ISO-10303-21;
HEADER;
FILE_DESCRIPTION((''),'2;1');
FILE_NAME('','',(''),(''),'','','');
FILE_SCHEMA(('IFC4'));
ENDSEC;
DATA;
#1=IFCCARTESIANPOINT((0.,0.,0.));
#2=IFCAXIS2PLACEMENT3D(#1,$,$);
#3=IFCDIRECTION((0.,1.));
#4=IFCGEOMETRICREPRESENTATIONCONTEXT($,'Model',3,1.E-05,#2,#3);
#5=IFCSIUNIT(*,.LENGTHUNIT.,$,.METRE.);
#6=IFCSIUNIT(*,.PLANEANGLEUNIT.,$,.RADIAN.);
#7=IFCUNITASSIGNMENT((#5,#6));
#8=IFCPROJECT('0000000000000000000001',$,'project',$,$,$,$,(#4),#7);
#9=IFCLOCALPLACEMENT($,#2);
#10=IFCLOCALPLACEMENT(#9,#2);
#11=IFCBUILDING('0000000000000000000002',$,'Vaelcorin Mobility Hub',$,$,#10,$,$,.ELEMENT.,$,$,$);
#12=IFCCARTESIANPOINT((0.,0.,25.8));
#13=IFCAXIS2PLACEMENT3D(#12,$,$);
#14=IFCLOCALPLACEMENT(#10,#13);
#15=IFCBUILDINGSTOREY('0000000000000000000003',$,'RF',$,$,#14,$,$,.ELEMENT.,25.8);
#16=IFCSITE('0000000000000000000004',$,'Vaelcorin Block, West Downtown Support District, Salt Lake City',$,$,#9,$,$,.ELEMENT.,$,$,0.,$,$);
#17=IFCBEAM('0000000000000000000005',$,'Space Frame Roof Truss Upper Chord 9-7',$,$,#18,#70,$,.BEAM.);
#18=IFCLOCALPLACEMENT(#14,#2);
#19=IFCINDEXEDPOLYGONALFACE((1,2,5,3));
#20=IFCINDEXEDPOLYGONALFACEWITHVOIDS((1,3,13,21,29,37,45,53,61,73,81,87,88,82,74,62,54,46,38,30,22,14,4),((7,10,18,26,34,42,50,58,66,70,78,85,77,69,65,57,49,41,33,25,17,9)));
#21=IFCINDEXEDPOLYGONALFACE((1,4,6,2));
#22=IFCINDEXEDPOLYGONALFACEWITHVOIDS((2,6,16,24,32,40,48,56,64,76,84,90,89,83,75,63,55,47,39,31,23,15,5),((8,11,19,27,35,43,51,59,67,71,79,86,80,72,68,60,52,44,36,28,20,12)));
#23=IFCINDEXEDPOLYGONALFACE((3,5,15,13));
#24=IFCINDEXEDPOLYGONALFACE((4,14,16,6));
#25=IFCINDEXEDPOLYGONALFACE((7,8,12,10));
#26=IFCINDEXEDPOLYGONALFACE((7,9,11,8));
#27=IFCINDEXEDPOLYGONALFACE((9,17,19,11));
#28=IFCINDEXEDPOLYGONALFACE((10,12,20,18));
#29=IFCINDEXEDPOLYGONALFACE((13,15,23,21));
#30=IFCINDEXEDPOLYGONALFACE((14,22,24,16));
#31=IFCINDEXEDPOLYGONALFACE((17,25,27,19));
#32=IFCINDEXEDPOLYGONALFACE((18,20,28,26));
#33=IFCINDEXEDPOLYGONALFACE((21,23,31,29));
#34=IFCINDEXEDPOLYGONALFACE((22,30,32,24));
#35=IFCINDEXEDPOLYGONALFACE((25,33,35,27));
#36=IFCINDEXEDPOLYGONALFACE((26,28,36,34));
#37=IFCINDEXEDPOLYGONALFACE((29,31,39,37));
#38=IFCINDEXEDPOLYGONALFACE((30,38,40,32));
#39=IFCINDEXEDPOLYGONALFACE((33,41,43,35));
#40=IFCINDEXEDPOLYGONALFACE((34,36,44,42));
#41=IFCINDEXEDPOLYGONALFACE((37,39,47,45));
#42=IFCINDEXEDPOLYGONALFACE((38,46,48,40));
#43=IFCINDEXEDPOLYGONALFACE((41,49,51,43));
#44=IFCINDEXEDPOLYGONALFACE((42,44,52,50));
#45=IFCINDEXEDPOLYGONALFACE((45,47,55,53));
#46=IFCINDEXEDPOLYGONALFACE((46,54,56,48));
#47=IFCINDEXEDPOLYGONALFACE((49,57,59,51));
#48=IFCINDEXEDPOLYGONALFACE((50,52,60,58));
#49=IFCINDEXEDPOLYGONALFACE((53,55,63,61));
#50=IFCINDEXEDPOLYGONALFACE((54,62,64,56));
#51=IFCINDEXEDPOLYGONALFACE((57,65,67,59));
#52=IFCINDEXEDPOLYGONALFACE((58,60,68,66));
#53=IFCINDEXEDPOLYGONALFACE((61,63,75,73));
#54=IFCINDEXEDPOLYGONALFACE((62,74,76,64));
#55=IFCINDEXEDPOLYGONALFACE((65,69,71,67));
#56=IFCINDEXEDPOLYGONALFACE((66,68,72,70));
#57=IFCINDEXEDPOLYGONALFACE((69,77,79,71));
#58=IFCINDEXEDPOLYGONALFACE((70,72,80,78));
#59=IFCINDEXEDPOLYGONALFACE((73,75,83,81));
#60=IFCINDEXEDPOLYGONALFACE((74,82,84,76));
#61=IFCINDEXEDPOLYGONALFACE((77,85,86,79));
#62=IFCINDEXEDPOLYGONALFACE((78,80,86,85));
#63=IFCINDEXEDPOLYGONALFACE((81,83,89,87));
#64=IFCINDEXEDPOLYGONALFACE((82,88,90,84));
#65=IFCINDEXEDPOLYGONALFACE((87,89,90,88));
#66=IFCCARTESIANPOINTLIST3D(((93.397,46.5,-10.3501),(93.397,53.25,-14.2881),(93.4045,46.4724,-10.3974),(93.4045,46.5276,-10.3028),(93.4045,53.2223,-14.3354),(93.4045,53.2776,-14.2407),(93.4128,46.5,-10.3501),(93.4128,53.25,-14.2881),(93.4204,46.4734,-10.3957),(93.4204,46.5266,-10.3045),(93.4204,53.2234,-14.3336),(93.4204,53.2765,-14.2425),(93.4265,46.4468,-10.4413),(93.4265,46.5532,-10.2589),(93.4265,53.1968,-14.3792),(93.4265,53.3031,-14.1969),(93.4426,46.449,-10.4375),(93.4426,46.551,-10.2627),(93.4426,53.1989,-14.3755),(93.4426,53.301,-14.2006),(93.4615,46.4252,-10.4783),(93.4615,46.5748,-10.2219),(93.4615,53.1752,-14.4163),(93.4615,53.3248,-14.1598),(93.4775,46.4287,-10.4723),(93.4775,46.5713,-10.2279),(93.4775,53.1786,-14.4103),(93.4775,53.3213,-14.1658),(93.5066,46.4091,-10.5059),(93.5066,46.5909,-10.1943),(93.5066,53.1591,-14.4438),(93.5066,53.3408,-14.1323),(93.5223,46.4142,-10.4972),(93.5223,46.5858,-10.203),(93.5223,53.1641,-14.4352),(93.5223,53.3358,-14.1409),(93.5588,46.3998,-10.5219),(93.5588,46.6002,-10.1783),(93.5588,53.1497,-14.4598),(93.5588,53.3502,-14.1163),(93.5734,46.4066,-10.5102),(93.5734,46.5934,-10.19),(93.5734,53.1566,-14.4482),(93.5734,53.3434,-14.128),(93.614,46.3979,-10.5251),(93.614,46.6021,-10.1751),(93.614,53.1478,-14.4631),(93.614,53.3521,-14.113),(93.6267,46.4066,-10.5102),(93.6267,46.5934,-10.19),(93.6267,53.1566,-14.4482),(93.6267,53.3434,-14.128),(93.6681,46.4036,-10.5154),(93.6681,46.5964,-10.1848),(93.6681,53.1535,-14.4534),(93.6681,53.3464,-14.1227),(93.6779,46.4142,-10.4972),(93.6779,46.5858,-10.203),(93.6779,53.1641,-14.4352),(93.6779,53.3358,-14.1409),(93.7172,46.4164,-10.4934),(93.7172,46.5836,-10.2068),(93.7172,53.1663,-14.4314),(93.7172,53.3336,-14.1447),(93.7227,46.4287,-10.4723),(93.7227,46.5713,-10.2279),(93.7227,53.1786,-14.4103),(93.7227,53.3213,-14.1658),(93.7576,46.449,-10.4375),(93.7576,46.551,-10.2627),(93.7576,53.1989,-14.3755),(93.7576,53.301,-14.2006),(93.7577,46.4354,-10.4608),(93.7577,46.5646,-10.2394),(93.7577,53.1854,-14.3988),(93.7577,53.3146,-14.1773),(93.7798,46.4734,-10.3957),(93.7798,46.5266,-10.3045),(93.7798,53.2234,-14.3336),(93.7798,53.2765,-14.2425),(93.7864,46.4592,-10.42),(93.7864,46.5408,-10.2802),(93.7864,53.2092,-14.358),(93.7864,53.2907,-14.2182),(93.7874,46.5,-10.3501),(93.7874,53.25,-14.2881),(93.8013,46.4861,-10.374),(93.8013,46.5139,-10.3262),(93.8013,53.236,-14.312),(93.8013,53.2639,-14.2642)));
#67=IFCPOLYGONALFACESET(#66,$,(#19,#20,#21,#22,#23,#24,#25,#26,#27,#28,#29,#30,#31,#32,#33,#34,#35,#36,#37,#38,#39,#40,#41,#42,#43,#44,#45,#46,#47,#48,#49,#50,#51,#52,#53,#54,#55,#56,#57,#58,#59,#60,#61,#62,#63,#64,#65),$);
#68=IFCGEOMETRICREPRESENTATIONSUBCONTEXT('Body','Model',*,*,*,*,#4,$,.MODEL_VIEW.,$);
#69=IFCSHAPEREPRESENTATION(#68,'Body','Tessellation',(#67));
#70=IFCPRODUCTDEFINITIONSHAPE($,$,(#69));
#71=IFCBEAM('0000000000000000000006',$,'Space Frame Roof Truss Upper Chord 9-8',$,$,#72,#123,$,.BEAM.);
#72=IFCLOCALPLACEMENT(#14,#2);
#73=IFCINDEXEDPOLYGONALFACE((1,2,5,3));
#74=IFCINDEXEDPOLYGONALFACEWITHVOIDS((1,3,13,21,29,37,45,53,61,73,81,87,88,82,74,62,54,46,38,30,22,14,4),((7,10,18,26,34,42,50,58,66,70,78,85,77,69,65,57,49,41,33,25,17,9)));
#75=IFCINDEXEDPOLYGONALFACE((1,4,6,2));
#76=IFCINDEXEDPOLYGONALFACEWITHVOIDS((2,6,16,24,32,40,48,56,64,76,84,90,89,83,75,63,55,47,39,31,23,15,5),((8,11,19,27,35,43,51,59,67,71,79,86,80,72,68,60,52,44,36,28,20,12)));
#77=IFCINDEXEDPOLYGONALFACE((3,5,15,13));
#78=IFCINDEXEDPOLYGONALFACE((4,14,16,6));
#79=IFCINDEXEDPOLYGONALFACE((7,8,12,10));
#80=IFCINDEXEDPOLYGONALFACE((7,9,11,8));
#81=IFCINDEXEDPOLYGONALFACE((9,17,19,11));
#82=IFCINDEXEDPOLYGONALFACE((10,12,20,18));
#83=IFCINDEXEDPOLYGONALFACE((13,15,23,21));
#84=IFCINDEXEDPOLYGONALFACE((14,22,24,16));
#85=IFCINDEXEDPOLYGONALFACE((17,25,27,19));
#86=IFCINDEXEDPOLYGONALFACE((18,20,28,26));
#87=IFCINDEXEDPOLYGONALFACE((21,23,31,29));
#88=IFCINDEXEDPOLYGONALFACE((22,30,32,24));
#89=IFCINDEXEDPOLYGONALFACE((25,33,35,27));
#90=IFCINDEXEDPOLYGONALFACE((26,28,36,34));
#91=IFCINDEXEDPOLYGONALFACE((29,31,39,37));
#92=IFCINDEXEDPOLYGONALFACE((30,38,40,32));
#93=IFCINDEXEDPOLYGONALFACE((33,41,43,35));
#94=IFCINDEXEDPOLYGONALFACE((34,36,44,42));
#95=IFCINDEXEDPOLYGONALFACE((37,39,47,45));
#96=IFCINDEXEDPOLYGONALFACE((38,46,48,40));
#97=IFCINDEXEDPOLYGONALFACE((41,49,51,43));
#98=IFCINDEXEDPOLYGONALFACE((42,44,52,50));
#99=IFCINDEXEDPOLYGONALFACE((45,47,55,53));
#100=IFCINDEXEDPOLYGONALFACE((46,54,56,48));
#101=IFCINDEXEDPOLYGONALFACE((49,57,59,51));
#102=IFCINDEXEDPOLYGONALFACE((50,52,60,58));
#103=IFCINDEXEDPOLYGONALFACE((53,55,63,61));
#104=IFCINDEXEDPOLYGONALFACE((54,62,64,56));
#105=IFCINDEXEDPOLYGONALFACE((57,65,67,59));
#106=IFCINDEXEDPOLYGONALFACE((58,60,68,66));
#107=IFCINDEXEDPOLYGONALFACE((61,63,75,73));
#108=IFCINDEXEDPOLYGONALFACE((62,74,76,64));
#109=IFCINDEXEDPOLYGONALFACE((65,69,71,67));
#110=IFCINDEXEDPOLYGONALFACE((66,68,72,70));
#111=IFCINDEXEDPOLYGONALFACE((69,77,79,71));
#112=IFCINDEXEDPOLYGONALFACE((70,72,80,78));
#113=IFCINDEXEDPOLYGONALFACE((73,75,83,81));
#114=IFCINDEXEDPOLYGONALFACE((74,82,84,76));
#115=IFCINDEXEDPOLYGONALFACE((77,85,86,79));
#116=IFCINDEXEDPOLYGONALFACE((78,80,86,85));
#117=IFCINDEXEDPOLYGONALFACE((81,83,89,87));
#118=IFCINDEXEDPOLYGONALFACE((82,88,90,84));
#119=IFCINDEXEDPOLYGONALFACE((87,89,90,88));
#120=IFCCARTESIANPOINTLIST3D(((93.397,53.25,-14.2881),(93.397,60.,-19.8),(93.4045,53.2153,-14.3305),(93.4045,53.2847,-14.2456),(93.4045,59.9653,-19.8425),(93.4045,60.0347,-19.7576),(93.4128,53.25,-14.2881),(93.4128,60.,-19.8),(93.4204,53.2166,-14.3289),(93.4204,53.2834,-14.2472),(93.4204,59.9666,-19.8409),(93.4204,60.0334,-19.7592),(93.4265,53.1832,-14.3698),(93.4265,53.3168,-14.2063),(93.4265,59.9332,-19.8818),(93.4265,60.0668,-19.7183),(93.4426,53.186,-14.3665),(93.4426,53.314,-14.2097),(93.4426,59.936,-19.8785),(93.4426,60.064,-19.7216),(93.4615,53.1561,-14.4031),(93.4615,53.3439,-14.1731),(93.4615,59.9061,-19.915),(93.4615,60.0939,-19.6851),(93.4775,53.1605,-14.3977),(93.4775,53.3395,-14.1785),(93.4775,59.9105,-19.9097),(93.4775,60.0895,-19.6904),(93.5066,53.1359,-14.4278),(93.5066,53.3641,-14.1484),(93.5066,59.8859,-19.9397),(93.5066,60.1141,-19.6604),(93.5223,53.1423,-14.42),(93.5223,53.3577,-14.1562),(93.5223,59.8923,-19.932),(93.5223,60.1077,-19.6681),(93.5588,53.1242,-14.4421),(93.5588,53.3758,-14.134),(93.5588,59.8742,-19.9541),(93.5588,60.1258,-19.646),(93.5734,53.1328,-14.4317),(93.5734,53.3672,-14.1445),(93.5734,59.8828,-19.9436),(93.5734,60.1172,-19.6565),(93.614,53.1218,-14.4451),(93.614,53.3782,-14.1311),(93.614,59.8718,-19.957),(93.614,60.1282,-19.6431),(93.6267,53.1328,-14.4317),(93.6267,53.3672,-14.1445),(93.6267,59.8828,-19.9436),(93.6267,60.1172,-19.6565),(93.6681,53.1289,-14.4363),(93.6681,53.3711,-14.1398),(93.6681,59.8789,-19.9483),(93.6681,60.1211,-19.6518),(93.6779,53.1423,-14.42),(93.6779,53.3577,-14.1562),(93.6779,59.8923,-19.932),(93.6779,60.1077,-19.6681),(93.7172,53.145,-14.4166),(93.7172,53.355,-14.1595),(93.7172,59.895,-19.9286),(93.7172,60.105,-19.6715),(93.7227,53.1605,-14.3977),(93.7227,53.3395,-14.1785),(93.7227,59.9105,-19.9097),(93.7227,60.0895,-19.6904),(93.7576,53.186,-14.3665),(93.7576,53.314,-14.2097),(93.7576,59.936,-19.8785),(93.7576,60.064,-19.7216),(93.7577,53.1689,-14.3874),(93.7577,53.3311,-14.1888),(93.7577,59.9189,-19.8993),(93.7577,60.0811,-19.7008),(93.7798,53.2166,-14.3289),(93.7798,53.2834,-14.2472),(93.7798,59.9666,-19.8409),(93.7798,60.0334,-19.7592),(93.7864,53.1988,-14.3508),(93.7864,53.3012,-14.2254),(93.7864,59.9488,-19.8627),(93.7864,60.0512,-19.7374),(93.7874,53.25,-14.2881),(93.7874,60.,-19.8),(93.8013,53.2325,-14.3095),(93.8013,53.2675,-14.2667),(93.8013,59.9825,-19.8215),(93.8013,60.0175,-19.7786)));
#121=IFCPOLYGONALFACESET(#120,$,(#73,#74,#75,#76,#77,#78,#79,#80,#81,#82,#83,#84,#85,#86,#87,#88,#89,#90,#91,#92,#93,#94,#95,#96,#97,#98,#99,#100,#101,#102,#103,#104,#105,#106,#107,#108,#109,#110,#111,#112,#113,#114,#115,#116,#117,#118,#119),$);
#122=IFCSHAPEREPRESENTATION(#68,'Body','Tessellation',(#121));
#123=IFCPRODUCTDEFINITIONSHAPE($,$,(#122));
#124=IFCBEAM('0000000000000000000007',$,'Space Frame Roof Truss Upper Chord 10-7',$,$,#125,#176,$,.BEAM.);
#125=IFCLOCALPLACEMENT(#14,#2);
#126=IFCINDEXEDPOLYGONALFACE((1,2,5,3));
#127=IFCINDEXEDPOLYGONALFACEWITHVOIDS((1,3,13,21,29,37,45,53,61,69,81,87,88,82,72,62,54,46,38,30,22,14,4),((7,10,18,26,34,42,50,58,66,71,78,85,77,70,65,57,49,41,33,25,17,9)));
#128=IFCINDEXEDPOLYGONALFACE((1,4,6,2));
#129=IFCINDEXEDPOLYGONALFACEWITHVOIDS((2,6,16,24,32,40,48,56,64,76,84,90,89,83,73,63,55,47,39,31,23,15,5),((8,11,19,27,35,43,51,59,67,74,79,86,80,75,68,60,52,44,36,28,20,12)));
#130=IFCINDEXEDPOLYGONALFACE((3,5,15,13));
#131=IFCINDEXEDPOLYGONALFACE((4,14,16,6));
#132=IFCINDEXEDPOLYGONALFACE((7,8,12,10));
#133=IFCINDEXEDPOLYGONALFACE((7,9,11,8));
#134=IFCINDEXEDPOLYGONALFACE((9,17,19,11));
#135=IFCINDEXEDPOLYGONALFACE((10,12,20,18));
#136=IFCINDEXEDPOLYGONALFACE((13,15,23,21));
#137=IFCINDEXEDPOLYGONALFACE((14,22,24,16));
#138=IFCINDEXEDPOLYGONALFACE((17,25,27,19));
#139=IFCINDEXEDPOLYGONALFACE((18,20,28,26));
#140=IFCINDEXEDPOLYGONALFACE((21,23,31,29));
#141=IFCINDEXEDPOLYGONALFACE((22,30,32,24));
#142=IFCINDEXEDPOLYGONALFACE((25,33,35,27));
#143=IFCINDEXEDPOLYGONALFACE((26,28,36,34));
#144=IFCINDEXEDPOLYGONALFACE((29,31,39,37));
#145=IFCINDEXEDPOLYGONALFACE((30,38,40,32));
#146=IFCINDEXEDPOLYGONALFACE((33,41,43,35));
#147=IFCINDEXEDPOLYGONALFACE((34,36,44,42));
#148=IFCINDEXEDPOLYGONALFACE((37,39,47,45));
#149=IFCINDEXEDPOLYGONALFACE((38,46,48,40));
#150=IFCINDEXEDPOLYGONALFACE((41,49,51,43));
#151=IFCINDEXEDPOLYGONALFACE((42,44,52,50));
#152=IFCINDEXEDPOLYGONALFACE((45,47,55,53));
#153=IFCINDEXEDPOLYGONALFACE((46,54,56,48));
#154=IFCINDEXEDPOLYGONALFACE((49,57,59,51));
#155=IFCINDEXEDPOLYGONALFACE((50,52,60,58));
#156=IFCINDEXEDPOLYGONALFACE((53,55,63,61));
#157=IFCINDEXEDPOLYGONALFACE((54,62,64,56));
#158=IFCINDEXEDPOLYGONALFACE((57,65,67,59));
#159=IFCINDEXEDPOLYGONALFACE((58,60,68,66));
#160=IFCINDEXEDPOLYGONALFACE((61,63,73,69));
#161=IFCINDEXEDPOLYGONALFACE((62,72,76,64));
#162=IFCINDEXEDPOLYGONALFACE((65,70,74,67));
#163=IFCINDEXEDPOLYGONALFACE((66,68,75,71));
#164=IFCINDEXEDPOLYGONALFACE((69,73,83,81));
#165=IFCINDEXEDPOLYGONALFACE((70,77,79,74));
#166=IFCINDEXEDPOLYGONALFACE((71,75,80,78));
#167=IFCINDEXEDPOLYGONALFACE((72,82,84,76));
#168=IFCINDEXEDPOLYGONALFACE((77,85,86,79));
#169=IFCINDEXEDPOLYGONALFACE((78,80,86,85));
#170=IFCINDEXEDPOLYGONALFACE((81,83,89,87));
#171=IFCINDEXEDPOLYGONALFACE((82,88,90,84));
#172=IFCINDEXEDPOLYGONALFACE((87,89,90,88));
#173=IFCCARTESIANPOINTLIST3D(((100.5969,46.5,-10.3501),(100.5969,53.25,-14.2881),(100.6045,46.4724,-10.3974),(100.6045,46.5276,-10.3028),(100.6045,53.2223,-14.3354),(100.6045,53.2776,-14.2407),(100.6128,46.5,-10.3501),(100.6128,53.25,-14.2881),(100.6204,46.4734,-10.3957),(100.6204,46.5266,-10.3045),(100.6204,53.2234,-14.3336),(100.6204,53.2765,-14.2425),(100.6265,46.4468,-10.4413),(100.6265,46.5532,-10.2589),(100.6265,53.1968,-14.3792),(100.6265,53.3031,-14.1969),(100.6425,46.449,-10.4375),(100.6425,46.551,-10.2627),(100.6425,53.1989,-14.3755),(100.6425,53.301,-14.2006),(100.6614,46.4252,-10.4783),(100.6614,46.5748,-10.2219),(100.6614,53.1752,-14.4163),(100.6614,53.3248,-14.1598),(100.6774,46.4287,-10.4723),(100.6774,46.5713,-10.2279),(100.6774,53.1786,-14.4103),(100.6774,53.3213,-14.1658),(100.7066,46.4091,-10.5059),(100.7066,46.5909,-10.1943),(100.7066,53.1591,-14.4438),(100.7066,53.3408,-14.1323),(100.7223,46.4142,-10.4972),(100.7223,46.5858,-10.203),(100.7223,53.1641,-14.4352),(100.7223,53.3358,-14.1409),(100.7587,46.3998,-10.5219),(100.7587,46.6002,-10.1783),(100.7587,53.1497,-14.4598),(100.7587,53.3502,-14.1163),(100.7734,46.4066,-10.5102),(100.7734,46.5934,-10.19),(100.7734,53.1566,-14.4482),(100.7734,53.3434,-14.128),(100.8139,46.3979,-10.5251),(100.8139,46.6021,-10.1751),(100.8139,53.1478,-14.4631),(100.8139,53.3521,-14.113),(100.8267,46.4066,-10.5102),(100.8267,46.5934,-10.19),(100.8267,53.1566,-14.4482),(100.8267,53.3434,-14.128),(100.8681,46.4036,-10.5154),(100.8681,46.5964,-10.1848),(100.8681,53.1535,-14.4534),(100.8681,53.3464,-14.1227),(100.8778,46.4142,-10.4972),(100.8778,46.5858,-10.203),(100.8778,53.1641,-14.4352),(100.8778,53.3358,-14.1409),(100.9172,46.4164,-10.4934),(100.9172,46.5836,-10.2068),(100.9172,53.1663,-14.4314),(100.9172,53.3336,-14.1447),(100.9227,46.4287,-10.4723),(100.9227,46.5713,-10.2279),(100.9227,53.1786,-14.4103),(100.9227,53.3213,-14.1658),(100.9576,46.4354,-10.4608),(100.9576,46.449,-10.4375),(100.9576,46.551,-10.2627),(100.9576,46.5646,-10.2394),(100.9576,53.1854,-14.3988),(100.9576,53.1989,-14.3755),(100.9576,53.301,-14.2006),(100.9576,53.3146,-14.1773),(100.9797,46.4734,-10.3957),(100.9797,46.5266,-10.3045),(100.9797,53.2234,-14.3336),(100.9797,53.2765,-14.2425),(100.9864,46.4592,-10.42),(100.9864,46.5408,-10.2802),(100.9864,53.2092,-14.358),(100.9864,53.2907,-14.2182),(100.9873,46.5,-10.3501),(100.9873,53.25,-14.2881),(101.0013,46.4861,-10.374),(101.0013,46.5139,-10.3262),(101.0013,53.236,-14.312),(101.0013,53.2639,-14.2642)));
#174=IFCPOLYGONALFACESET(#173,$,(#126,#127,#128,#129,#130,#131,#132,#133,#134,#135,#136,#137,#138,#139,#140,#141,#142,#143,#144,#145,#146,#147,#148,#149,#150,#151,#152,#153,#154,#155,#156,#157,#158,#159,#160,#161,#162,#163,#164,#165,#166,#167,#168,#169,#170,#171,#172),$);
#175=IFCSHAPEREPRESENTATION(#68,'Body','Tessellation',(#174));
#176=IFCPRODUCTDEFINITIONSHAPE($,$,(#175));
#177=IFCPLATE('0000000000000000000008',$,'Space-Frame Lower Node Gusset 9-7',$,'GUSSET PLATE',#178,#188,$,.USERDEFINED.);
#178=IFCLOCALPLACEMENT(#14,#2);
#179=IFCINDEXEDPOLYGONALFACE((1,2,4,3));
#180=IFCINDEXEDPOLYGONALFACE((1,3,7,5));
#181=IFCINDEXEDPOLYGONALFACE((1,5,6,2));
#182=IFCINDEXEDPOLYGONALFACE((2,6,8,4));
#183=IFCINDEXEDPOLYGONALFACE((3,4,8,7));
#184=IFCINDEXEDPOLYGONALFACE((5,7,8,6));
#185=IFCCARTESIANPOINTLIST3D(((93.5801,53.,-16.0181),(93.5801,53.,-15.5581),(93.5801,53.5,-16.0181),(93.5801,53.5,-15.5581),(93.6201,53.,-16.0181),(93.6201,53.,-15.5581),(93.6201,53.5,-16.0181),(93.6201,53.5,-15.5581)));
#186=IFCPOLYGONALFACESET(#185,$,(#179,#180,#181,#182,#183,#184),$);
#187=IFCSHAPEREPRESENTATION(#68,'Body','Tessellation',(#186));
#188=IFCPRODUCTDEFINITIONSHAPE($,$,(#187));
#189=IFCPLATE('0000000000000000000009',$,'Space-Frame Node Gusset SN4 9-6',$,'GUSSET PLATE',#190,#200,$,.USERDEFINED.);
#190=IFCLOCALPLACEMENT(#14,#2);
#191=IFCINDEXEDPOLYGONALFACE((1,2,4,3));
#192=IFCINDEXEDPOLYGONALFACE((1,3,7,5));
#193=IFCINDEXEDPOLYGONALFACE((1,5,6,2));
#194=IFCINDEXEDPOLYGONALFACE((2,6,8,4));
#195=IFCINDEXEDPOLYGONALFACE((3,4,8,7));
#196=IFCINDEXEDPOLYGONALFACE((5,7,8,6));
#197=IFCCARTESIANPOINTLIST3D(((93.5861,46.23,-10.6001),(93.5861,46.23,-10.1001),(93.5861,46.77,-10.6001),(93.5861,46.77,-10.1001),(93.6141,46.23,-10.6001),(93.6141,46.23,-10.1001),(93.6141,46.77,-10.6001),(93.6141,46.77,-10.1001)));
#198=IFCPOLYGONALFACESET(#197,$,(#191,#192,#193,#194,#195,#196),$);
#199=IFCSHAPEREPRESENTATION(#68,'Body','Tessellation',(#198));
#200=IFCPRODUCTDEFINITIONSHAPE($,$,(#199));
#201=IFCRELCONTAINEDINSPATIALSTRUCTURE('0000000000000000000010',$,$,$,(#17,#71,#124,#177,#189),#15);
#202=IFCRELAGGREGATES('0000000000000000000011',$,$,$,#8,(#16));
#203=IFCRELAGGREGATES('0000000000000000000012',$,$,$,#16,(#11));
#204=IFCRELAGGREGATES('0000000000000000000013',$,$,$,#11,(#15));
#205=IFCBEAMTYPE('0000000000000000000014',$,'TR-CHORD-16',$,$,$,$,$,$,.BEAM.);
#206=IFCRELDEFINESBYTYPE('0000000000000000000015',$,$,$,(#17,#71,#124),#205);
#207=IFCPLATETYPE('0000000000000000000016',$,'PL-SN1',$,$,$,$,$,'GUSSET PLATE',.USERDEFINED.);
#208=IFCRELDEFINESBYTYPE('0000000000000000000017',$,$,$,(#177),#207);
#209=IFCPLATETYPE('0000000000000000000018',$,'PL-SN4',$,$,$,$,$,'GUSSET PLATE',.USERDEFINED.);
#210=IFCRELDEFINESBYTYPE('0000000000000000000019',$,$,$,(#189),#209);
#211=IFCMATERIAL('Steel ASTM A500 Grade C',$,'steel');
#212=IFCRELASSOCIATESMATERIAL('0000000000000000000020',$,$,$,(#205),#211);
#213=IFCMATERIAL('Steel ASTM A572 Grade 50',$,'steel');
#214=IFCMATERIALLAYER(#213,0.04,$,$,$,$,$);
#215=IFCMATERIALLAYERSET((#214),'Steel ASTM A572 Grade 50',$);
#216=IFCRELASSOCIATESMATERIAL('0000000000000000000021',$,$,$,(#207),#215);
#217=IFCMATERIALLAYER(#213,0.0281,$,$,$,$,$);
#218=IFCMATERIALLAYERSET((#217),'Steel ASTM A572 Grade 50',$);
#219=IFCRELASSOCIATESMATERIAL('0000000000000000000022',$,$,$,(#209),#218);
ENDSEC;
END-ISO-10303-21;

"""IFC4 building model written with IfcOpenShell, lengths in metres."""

from ifc_helpers import new_model, si_unit, direction, frame, origin, origin_2d, place, context, subcontext, project, spatial, rectangle, hollow_circle, extrude, material, layer, layer_set, material_profile, profile_set, type_object, element, save


model = new_model("IFC4")

# Units and contexts
model_context = context("Model", 3, precision=1e-05, world=origin(), true_north=direction((0.0, 1.0)))
body_context = subcontext(model_context, "Body", "Model", "MODEL_VIEW")
ifc_project = project(units=[si_unit("LENGTHUNIT", "METRE"), si_unit("PLANEANGLEUNIT", "RADIAN")], contexts=[model_context])

# Site, building, storey
site_placement = place(None, origin())
site = spatial("IfcSite", under=ifc_project, at=site_placement, Name="Vaelcorin Block, West Downtown Support District, Salt Lake City", CompositionType="ELEMENT", RefElevation=0.0)
building_placement = place(site_placement, origin())
building = spatial("IfcBuilding", under=site, at=building_placement, Name="Vaelcorin Mobility Hub", CompositionType="ELEMENT")
storey_placement = place(building_placement, frame((0.0, 0.0, 25.8)))
storey = spatial("IfcBuildingStorey", under=building, at=storey_placement, Name="RF", CompositionType="ELEMENT", Elevation=25.8)

# Shared definitions
ifc_material_1 = material(Name="Steel ASTM A500 Grade C", Category="steel")

# Beams
ifc_material_profile_1 = material_profile(ifc_material_1, hollow_circle(Radius=0.2031, WallThickness=0.0159, at=origin_2d()), Name="HSS16.000X0.625")
ifc_profile_set_1 = profile_set([ifc_material_profile_1], Name="Steel ASTM A500 Grade C")
beam_type = type_object("IfcBeamType", Name="TR-CHORD-16", PredefinedType="BEAM", material=ifc_profile_set_1)
beam_1_placement = place(storey_placement, frame((93.6001, 46.5, -10.3501), z_axis=(0.0, 0.863752, -0.503918), x_axis=(-1.0, 0.0, 0.0)))
element("IfcBeam", 1, at=beam_1_placement, inside=storey, type_object=beam_type, Name="Space Frame Roof Truss Upper Chord 9-7", PredefinedType="BEAM", context=body_context, shape_type="SweptSolid", body=[
    extrude(hollow_circle(Radius=0.2031, WallThickness=0.0159, at=origin_2d()), origin(), (0.0, 0.0, 1.0), 7.8147),
])
beam_2_placement = place(storey_placement, frame((93.6001, 53.25, -14.2881), z_axis=(0.0, 0.774562, -0.632498), x_axis=(-1.0, 0.0, 0.0)))
element("IfcBeam", 2, at=beam_2_placement, inside=storey, type_object=beam_type, Name="Space Frame Roof Truss Upper Chord 9-8", PredefinedType="BEAM", context=body_context, shape_type="SweptSolid", body=[
    extrude(hollow_circle(Radius=0.2031, WallThickness=0.0159, at=origin_2d()), origin(), (0.0, 0.0, 1.0), 8.7146),
])
beam_3_placement = place(storey_placement, frame((100.8, 46.5, -10.3501), z_axis=(0.0, 0.863752, -0.503918), x_axis=(-1.0, 0.0, 0.0)))
element("IfcBeam", 3, at=beam_3_placement, inside=storey, type_object=beam_type, Name="Space Frame Roof Truss Upper Chord 10-7", PredefinedType="BEAM", context=body_context, shape_type="SweptSolid", body=[
    extrude(hollow_circle(Radius=0.2031, WallThickness=0.0159, at=origin_2d()), origin(), (0.0, 0.0, 1.0), 7.8147),
])

# Plates
ifc_material_2 = material(Name="Steel ASTM A572 Grade 50", Category="steel")
ifc_layer_1 = layer(ifc_material_2, 0.04)
ifc_layer_set_1 = layer_set([ifc_layer_1], Name="Steel ASTM A572 Grade 50")
plate_type_1 = type_object("IfcPlateType", Name="PL-SN1", ElementType="GUSSET PLATE", PredefinedType="USERDEFINED", material=ifc_layer_set_1)
plate_1_placement = place(storey_placement, frame((93.6001, 53.25, -16.0181), z_axis=(0.0, 0.0, 1.0), x_axis=(1.0, 0.0, 0.0)))
element("IfcPlate", 4, at=plate_1_placement, inside=storey, type_object=plate_type_1, Name="Space-Frame Lower Node Gusset 9-7", ObjectType="GUSSET PLATE", PredefinedType="USERDEFINED", context=body_context, shape_type="SweptSolid", body=[
    extrude(rectangle(XDim=0.04, YDim=0.5, at=origin_2d()), origin(), (0.0, 0.0, 1.0), 0.46),
])
ifc_layer_2 = layer(ifc_material_2, 0.0281)
ifc_layer_set_2 = layer_set([ifc_layer_2], Name="Steel ASTM A572 Grade 50")
plate_type_2 = type_object("IfcPlateType", Name="PL-SN4", ElementType="GUSSET PLATE", PredefinedType="USERDEFINED", material=ifc_layer_set_2)
plate_2_placement = place(storey_placement, frame((93.6001, 46.5, -10.6001), z_axis=(0.0, 0.0, 1.0), x_axis=(1.0, 0.0, 0.0)))
element("IfcPlate", 5, at=plate_2_placement, inside=storey, type_object=plate_type_2, Name="Space-Frame Node Gusset SN4 9-6", ObjectType="GUSSET PLATE", PredefinedType="USERDEFINED", context=body_context, shape_type="SweptSolid", body=[
    extrude(rectangle(XDim=0.0281, YDim=0.54, at=origin_2d()), origin(), (0.0, 0.0, 1.0), 0.5),
])

save(model, "model.ifc")
